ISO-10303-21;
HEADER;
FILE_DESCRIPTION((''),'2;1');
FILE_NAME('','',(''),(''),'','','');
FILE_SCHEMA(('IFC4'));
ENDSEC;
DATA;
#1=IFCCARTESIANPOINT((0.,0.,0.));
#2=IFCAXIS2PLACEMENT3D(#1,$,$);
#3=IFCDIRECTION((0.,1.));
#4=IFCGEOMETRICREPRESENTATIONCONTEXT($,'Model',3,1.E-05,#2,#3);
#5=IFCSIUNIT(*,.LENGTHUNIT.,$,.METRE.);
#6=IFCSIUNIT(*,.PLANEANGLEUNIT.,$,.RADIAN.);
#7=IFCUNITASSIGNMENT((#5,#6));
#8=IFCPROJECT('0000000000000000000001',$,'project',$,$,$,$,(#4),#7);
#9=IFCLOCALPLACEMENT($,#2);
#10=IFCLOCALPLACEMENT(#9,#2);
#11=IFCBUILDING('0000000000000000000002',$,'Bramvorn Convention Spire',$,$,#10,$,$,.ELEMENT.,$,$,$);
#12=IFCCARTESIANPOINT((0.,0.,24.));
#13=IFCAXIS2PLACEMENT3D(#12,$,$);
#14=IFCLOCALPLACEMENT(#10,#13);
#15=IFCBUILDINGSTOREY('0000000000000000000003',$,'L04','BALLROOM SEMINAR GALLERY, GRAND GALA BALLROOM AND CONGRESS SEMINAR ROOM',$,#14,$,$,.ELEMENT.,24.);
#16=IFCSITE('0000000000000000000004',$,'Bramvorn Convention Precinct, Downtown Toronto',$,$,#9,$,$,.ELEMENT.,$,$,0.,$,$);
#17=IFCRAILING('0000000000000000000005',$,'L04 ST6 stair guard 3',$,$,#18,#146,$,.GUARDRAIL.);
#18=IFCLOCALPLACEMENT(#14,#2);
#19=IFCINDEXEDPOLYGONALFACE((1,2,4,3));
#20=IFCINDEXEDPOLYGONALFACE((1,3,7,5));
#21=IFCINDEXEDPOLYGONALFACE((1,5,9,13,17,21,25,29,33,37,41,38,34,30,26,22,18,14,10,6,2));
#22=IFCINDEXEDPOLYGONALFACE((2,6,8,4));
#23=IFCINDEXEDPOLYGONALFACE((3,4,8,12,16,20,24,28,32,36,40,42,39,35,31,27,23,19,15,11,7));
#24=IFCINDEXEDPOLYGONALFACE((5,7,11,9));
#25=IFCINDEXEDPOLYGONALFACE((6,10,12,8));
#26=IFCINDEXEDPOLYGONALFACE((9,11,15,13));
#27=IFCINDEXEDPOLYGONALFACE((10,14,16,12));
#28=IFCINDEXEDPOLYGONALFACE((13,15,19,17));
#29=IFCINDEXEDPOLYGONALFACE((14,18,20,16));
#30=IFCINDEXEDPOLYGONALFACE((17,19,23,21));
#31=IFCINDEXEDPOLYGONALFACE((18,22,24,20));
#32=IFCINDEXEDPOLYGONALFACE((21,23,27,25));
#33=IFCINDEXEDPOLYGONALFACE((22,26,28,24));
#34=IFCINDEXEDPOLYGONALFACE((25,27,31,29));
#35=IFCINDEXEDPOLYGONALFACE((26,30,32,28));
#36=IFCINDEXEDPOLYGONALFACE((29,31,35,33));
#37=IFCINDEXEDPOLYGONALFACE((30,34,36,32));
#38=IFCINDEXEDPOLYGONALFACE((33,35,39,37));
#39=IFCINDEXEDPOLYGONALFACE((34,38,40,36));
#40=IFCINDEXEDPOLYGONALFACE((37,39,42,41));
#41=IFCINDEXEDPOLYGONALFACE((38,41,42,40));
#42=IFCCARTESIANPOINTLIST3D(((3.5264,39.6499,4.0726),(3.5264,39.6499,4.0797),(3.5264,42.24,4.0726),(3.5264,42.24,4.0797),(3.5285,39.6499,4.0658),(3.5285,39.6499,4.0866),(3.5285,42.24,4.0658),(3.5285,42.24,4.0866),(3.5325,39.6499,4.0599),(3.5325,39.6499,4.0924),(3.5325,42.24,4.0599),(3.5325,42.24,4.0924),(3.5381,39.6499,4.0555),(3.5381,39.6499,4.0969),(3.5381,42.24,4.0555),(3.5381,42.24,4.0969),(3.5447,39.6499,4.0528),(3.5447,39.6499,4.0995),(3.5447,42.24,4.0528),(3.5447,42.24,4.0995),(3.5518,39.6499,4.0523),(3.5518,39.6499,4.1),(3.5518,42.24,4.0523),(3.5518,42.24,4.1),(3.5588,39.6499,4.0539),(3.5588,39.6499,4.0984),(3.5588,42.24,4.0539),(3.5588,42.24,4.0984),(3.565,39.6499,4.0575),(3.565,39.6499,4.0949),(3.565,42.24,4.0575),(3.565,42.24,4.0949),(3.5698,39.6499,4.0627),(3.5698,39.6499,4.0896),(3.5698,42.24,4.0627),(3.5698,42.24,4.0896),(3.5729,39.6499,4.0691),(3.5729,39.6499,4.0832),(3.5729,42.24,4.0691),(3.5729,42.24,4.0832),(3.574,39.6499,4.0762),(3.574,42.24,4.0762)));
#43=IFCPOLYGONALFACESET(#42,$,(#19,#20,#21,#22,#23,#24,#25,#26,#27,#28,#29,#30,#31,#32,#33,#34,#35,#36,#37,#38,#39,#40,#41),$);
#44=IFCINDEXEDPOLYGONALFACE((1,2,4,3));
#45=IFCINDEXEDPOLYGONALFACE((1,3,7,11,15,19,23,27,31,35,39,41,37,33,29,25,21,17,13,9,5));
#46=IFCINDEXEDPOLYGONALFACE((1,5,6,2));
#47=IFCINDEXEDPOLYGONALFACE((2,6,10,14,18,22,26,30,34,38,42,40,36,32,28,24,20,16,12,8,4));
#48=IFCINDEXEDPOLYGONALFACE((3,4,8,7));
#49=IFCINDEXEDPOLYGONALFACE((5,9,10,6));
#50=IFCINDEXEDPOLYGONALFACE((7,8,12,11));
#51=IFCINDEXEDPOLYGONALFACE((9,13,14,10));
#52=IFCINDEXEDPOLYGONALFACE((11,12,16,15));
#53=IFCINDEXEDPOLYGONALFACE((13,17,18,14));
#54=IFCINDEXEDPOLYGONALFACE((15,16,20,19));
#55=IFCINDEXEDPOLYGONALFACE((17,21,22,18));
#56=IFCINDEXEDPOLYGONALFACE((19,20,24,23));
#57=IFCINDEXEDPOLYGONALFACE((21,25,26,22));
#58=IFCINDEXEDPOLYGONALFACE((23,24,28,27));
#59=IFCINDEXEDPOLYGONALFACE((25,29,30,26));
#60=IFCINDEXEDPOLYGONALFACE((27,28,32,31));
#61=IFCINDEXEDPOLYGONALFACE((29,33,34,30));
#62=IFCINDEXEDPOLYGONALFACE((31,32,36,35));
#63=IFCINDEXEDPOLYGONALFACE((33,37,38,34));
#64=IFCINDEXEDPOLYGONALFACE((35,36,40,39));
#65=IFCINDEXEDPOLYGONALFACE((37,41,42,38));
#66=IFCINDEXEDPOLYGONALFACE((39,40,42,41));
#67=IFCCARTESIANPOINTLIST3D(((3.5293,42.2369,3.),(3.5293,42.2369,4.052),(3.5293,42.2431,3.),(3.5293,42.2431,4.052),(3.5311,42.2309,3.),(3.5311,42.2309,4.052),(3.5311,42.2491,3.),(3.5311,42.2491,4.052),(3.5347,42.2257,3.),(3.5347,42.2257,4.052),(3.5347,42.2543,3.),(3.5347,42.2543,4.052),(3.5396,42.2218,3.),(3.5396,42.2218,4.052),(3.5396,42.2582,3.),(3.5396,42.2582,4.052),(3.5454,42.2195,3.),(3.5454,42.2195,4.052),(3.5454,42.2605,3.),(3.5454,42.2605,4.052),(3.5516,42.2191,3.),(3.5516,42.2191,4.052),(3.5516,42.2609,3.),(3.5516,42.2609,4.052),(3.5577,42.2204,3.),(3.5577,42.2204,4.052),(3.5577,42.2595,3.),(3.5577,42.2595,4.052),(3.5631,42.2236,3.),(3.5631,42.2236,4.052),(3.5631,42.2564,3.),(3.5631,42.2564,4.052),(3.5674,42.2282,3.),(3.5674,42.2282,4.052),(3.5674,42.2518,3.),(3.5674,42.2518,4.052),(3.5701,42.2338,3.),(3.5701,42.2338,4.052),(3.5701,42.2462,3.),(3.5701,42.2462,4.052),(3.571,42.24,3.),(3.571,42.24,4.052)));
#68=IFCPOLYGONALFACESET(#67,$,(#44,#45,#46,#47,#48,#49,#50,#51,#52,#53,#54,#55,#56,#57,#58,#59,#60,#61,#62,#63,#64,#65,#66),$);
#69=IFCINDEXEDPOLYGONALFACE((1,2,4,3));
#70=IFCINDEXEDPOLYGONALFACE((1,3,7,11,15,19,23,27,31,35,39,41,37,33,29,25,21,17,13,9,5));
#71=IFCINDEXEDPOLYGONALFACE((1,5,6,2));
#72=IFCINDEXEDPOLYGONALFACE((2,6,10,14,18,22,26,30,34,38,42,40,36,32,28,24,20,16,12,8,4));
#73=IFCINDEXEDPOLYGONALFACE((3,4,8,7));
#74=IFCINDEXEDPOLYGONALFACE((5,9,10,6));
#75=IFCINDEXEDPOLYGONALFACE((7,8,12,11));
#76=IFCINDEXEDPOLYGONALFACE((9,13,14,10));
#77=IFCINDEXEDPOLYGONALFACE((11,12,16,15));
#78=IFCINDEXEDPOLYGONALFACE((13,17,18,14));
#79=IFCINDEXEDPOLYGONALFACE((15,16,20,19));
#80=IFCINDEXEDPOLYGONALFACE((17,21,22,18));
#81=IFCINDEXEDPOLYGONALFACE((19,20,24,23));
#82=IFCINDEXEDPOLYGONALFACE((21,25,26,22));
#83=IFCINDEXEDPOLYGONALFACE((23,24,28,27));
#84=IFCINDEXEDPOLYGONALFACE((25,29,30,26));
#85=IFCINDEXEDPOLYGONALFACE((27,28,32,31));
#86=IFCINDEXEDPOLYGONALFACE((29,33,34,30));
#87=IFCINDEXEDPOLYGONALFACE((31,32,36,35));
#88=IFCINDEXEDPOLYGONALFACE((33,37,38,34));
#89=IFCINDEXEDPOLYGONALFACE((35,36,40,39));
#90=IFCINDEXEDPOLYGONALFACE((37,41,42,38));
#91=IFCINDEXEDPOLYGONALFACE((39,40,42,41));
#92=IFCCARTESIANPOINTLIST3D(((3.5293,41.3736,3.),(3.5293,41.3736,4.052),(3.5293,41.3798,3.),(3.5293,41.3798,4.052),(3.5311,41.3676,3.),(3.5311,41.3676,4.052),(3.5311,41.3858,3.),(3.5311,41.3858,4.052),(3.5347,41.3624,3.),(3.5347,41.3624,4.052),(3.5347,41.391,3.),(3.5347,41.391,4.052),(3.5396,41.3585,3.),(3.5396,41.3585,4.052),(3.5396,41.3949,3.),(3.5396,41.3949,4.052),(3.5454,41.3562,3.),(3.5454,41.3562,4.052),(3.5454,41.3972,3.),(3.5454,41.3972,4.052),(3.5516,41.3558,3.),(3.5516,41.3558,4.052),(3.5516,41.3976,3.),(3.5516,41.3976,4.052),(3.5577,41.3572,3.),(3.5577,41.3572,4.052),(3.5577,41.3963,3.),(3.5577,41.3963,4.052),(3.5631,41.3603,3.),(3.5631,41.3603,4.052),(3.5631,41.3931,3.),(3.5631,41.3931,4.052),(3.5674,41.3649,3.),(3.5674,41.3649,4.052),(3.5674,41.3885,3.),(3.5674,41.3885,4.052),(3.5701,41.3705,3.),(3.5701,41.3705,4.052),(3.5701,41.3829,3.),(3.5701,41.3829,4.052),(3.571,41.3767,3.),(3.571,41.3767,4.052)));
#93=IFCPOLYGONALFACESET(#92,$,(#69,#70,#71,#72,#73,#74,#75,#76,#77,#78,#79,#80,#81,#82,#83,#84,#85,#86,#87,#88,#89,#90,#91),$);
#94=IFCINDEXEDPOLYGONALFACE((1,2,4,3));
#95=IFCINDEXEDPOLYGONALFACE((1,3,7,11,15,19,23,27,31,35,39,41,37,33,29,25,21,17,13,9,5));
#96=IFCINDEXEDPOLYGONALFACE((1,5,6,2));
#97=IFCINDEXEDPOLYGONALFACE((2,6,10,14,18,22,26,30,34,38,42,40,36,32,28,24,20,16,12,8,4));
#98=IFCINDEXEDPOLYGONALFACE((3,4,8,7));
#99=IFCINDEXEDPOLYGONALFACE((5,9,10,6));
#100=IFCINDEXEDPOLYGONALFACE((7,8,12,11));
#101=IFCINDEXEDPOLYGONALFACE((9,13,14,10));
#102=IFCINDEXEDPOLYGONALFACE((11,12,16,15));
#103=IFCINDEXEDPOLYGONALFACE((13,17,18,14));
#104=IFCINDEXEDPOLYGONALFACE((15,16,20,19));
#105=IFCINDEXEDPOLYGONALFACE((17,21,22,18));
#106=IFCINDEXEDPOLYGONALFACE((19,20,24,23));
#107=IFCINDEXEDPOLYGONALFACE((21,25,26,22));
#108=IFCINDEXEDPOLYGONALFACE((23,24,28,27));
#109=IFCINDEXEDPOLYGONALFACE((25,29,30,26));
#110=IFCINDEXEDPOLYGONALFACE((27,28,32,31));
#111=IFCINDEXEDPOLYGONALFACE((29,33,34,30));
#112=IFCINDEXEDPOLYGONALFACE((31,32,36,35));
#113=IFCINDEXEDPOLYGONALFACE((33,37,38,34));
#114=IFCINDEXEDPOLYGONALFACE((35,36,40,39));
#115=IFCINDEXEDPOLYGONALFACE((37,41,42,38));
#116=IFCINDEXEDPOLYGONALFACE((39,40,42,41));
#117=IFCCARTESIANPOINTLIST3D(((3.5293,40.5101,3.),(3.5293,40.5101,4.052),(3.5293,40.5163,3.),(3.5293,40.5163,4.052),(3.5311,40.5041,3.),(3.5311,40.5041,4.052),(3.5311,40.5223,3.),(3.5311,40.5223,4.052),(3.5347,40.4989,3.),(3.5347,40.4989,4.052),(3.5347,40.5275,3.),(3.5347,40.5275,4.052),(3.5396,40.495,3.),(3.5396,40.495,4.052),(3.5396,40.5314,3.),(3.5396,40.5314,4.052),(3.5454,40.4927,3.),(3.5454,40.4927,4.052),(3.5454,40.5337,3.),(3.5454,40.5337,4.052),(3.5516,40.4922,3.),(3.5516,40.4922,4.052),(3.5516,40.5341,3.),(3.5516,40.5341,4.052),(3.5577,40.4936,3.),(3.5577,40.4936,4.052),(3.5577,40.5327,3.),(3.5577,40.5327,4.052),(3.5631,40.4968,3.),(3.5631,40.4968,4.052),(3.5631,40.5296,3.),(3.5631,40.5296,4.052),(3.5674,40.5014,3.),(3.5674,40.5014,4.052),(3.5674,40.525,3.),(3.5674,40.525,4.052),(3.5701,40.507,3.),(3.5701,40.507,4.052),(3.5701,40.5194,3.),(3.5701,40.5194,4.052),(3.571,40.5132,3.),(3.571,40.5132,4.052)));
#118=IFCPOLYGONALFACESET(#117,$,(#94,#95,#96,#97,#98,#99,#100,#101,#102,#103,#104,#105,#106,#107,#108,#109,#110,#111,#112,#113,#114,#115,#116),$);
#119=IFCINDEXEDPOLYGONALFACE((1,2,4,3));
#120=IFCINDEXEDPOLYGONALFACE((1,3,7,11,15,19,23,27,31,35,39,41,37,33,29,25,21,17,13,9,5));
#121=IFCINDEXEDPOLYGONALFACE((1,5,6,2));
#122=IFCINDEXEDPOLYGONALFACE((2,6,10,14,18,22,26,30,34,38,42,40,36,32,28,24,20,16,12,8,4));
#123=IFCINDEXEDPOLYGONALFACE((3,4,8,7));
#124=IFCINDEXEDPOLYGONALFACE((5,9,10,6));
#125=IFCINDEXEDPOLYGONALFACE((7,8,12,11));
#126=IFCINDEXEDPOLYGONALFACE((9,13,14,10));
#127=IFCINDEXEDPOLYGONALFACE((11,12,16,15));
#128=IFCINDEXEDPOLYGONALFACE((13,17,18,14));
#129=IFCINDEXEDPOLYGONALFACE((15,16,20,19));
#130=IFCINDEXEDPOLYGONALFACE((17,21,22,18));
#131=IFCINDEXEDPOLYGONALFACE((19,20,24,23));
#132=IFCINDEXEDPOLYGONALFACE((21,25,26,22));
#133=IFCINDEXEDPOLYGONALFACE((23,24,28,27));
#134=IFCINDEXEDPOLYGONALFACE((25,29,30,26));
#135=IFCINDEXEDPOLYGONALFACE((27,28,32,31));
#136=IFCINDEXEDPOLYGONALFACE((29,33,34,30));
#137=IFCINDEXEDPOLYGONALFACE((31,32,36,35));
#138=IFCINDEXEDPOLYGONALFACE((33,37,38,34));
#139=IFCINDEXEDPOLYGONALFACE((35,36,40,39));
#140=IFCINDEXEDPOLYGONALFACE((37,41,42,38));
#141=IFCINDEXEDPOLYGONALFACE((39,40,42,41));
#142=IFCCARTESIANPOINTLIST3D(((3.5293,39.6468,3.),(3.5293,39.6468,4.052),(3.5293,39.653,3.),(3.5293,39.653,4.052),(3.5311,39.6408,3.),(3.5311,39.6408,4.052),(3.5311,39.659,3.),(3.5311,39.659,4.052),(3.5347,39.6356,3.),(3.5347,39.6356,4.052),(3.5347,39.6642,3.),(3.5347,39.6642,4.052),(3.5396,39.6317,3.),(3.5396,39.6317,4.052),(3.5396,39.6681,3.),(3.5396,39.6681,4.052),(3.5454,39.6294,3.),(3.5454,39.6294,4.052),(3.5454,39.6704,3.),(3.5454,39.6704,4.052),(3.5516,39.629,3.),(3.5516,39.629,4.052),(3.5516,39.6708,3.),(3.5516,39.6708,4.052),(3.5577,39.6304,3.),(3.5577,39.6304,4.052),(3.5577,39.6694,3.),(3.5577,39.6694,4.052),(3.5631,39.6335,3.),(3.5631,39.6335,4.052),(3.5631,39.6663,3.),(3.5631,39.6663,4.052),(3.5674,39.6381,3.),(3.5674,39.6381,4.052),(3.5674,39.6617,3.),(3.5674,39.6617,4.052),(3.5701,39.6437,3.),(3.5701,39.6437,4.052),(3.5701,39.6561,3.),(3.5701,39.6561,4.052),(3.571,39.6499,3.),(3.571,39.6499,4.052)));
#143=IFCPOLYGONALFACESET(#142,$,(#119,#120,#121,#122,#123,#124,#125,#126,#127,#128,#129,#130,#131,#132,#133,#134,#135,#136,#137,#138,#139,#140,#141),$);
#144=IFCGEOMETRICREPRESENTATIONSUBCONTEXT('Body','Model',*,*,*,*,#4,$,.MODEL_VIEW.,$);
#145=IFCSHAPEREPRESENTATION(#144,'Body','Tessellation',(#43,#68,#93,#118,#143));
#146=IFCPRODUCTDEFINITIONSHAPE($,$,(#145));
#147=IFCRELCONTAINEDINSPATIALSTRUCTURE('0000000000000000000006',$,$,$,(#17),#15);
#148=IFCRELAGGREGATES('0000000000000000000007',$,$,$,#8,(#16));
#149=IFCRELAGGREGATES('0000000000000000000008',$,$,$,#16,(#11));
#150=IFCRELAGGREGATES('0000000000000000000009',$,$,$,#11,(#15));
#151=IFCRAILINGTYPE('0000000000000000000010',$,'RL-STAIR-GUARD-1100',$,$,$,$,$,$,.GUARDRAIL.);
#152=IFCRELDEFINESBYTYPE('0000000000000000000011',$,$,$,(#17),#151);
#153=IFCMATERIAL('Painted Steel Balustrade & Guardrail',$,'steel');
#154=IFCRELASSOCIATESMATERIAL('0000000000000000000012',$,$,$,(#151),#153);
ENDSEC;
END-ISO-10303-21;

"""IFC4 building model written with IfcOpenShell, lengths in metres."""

from ifc_helpers import new_model, si_unit, direction, frame, origin, origin_2d, place, context, subcontext, project, spatial, circle, extrude, material, type_object, element, save


model = new_model("IFC4")

# Units and contexts
model_context = context("Model", 3, precision=1e-05, world=origin(), true_north=direction((0.0, 1.0)))
body_context = subcontext(model_context, "Body", "Model", "MODEL_VIEW")
ifc_project = project(units=[si_unit("LENGTHUNIT", "METRE"), si_unit("PLANEANGLEUNIT", "RADIAN")], contexts=[model_context])

# Site, building, storey
site_placement = place(None, origin())
site = spatial("IfcSite", under=ifc_project, at=site_placement, Name="Bramvorn Convention Precinct, Downtown Toronto", CompositionType="ELEMENT", RefElevation=0.0)
building_placement = place(site_placement, origin())
building = spatial("IfcBuilding", under=site, at=building_placement, Name="Bramvorn Convention Spire", CompositionType="ELEMENT")
storey_placement = place(building_placement, frame((0.0, 0.0, 24.0)))
storey = spatial("IfcBuildingStorey", under=building, at=storey_placement, Name="L04", Description="BALLROOM SEMINAR GALLERY, GRAND GALA BALLROOM AND CONGRESS SEMINAR ROOM", CompositionType="ELEMENT", Elevation=24.0)

# Railing
ifc_material_1 = material(Name="Painted Steel Balustrade & Guardrail", Category="steel")
railing_type_1 = type_object("IfcRailingType", Name="RL-STAIR-GUARD-1100", PredefinedType="GUARDRAIL", material=ifc_material_1)
for number, where, name in (
    (1, (3.55, 42.24, 3.0), "L04 ST6 stair guard 3"),
):
    element("IfcRailing", number, at=place(storey_placement, frame(where)), inside=storey, type_object=railing_type_1, Name=name, PredefinedType="GUARDRAIL", context=body_context, shape_type="SweptSolid", body=[
        extrude(circle(Radius=0.0239, at=origin_2d()), frame((0.0, 0.0, 1.0762), z_axis=(0.0, -1.0, 0.0), x_axis=(1.0, 0.0, 0.0)), (0.0, 0.0, 1.0), 2.5901),
        extrude(circle(Radius=0.021, at=origin_2d()), origin(), (0.0, 0.0, 1.0), 1.052),
        extrude(circle(Radius=0.021, at=origin_2d()), frame((0.0, -0.8633, 0.0)), (0.0, 0.0, 1.0), 1.052),
        extrude(circle(Radius=0.021, at=origin_2d()), frame((0.0, -1.7268, 0.0)), (0.0, 0.0, 1.0), 1.052),
        extrude(circle(Radius=0.021, at=origin_2d()), frame((0.0, -2.5901, 0.0)), (0.0, 0.0, 1.0), 1.052),
    ])

save(model, "model.ifc")
